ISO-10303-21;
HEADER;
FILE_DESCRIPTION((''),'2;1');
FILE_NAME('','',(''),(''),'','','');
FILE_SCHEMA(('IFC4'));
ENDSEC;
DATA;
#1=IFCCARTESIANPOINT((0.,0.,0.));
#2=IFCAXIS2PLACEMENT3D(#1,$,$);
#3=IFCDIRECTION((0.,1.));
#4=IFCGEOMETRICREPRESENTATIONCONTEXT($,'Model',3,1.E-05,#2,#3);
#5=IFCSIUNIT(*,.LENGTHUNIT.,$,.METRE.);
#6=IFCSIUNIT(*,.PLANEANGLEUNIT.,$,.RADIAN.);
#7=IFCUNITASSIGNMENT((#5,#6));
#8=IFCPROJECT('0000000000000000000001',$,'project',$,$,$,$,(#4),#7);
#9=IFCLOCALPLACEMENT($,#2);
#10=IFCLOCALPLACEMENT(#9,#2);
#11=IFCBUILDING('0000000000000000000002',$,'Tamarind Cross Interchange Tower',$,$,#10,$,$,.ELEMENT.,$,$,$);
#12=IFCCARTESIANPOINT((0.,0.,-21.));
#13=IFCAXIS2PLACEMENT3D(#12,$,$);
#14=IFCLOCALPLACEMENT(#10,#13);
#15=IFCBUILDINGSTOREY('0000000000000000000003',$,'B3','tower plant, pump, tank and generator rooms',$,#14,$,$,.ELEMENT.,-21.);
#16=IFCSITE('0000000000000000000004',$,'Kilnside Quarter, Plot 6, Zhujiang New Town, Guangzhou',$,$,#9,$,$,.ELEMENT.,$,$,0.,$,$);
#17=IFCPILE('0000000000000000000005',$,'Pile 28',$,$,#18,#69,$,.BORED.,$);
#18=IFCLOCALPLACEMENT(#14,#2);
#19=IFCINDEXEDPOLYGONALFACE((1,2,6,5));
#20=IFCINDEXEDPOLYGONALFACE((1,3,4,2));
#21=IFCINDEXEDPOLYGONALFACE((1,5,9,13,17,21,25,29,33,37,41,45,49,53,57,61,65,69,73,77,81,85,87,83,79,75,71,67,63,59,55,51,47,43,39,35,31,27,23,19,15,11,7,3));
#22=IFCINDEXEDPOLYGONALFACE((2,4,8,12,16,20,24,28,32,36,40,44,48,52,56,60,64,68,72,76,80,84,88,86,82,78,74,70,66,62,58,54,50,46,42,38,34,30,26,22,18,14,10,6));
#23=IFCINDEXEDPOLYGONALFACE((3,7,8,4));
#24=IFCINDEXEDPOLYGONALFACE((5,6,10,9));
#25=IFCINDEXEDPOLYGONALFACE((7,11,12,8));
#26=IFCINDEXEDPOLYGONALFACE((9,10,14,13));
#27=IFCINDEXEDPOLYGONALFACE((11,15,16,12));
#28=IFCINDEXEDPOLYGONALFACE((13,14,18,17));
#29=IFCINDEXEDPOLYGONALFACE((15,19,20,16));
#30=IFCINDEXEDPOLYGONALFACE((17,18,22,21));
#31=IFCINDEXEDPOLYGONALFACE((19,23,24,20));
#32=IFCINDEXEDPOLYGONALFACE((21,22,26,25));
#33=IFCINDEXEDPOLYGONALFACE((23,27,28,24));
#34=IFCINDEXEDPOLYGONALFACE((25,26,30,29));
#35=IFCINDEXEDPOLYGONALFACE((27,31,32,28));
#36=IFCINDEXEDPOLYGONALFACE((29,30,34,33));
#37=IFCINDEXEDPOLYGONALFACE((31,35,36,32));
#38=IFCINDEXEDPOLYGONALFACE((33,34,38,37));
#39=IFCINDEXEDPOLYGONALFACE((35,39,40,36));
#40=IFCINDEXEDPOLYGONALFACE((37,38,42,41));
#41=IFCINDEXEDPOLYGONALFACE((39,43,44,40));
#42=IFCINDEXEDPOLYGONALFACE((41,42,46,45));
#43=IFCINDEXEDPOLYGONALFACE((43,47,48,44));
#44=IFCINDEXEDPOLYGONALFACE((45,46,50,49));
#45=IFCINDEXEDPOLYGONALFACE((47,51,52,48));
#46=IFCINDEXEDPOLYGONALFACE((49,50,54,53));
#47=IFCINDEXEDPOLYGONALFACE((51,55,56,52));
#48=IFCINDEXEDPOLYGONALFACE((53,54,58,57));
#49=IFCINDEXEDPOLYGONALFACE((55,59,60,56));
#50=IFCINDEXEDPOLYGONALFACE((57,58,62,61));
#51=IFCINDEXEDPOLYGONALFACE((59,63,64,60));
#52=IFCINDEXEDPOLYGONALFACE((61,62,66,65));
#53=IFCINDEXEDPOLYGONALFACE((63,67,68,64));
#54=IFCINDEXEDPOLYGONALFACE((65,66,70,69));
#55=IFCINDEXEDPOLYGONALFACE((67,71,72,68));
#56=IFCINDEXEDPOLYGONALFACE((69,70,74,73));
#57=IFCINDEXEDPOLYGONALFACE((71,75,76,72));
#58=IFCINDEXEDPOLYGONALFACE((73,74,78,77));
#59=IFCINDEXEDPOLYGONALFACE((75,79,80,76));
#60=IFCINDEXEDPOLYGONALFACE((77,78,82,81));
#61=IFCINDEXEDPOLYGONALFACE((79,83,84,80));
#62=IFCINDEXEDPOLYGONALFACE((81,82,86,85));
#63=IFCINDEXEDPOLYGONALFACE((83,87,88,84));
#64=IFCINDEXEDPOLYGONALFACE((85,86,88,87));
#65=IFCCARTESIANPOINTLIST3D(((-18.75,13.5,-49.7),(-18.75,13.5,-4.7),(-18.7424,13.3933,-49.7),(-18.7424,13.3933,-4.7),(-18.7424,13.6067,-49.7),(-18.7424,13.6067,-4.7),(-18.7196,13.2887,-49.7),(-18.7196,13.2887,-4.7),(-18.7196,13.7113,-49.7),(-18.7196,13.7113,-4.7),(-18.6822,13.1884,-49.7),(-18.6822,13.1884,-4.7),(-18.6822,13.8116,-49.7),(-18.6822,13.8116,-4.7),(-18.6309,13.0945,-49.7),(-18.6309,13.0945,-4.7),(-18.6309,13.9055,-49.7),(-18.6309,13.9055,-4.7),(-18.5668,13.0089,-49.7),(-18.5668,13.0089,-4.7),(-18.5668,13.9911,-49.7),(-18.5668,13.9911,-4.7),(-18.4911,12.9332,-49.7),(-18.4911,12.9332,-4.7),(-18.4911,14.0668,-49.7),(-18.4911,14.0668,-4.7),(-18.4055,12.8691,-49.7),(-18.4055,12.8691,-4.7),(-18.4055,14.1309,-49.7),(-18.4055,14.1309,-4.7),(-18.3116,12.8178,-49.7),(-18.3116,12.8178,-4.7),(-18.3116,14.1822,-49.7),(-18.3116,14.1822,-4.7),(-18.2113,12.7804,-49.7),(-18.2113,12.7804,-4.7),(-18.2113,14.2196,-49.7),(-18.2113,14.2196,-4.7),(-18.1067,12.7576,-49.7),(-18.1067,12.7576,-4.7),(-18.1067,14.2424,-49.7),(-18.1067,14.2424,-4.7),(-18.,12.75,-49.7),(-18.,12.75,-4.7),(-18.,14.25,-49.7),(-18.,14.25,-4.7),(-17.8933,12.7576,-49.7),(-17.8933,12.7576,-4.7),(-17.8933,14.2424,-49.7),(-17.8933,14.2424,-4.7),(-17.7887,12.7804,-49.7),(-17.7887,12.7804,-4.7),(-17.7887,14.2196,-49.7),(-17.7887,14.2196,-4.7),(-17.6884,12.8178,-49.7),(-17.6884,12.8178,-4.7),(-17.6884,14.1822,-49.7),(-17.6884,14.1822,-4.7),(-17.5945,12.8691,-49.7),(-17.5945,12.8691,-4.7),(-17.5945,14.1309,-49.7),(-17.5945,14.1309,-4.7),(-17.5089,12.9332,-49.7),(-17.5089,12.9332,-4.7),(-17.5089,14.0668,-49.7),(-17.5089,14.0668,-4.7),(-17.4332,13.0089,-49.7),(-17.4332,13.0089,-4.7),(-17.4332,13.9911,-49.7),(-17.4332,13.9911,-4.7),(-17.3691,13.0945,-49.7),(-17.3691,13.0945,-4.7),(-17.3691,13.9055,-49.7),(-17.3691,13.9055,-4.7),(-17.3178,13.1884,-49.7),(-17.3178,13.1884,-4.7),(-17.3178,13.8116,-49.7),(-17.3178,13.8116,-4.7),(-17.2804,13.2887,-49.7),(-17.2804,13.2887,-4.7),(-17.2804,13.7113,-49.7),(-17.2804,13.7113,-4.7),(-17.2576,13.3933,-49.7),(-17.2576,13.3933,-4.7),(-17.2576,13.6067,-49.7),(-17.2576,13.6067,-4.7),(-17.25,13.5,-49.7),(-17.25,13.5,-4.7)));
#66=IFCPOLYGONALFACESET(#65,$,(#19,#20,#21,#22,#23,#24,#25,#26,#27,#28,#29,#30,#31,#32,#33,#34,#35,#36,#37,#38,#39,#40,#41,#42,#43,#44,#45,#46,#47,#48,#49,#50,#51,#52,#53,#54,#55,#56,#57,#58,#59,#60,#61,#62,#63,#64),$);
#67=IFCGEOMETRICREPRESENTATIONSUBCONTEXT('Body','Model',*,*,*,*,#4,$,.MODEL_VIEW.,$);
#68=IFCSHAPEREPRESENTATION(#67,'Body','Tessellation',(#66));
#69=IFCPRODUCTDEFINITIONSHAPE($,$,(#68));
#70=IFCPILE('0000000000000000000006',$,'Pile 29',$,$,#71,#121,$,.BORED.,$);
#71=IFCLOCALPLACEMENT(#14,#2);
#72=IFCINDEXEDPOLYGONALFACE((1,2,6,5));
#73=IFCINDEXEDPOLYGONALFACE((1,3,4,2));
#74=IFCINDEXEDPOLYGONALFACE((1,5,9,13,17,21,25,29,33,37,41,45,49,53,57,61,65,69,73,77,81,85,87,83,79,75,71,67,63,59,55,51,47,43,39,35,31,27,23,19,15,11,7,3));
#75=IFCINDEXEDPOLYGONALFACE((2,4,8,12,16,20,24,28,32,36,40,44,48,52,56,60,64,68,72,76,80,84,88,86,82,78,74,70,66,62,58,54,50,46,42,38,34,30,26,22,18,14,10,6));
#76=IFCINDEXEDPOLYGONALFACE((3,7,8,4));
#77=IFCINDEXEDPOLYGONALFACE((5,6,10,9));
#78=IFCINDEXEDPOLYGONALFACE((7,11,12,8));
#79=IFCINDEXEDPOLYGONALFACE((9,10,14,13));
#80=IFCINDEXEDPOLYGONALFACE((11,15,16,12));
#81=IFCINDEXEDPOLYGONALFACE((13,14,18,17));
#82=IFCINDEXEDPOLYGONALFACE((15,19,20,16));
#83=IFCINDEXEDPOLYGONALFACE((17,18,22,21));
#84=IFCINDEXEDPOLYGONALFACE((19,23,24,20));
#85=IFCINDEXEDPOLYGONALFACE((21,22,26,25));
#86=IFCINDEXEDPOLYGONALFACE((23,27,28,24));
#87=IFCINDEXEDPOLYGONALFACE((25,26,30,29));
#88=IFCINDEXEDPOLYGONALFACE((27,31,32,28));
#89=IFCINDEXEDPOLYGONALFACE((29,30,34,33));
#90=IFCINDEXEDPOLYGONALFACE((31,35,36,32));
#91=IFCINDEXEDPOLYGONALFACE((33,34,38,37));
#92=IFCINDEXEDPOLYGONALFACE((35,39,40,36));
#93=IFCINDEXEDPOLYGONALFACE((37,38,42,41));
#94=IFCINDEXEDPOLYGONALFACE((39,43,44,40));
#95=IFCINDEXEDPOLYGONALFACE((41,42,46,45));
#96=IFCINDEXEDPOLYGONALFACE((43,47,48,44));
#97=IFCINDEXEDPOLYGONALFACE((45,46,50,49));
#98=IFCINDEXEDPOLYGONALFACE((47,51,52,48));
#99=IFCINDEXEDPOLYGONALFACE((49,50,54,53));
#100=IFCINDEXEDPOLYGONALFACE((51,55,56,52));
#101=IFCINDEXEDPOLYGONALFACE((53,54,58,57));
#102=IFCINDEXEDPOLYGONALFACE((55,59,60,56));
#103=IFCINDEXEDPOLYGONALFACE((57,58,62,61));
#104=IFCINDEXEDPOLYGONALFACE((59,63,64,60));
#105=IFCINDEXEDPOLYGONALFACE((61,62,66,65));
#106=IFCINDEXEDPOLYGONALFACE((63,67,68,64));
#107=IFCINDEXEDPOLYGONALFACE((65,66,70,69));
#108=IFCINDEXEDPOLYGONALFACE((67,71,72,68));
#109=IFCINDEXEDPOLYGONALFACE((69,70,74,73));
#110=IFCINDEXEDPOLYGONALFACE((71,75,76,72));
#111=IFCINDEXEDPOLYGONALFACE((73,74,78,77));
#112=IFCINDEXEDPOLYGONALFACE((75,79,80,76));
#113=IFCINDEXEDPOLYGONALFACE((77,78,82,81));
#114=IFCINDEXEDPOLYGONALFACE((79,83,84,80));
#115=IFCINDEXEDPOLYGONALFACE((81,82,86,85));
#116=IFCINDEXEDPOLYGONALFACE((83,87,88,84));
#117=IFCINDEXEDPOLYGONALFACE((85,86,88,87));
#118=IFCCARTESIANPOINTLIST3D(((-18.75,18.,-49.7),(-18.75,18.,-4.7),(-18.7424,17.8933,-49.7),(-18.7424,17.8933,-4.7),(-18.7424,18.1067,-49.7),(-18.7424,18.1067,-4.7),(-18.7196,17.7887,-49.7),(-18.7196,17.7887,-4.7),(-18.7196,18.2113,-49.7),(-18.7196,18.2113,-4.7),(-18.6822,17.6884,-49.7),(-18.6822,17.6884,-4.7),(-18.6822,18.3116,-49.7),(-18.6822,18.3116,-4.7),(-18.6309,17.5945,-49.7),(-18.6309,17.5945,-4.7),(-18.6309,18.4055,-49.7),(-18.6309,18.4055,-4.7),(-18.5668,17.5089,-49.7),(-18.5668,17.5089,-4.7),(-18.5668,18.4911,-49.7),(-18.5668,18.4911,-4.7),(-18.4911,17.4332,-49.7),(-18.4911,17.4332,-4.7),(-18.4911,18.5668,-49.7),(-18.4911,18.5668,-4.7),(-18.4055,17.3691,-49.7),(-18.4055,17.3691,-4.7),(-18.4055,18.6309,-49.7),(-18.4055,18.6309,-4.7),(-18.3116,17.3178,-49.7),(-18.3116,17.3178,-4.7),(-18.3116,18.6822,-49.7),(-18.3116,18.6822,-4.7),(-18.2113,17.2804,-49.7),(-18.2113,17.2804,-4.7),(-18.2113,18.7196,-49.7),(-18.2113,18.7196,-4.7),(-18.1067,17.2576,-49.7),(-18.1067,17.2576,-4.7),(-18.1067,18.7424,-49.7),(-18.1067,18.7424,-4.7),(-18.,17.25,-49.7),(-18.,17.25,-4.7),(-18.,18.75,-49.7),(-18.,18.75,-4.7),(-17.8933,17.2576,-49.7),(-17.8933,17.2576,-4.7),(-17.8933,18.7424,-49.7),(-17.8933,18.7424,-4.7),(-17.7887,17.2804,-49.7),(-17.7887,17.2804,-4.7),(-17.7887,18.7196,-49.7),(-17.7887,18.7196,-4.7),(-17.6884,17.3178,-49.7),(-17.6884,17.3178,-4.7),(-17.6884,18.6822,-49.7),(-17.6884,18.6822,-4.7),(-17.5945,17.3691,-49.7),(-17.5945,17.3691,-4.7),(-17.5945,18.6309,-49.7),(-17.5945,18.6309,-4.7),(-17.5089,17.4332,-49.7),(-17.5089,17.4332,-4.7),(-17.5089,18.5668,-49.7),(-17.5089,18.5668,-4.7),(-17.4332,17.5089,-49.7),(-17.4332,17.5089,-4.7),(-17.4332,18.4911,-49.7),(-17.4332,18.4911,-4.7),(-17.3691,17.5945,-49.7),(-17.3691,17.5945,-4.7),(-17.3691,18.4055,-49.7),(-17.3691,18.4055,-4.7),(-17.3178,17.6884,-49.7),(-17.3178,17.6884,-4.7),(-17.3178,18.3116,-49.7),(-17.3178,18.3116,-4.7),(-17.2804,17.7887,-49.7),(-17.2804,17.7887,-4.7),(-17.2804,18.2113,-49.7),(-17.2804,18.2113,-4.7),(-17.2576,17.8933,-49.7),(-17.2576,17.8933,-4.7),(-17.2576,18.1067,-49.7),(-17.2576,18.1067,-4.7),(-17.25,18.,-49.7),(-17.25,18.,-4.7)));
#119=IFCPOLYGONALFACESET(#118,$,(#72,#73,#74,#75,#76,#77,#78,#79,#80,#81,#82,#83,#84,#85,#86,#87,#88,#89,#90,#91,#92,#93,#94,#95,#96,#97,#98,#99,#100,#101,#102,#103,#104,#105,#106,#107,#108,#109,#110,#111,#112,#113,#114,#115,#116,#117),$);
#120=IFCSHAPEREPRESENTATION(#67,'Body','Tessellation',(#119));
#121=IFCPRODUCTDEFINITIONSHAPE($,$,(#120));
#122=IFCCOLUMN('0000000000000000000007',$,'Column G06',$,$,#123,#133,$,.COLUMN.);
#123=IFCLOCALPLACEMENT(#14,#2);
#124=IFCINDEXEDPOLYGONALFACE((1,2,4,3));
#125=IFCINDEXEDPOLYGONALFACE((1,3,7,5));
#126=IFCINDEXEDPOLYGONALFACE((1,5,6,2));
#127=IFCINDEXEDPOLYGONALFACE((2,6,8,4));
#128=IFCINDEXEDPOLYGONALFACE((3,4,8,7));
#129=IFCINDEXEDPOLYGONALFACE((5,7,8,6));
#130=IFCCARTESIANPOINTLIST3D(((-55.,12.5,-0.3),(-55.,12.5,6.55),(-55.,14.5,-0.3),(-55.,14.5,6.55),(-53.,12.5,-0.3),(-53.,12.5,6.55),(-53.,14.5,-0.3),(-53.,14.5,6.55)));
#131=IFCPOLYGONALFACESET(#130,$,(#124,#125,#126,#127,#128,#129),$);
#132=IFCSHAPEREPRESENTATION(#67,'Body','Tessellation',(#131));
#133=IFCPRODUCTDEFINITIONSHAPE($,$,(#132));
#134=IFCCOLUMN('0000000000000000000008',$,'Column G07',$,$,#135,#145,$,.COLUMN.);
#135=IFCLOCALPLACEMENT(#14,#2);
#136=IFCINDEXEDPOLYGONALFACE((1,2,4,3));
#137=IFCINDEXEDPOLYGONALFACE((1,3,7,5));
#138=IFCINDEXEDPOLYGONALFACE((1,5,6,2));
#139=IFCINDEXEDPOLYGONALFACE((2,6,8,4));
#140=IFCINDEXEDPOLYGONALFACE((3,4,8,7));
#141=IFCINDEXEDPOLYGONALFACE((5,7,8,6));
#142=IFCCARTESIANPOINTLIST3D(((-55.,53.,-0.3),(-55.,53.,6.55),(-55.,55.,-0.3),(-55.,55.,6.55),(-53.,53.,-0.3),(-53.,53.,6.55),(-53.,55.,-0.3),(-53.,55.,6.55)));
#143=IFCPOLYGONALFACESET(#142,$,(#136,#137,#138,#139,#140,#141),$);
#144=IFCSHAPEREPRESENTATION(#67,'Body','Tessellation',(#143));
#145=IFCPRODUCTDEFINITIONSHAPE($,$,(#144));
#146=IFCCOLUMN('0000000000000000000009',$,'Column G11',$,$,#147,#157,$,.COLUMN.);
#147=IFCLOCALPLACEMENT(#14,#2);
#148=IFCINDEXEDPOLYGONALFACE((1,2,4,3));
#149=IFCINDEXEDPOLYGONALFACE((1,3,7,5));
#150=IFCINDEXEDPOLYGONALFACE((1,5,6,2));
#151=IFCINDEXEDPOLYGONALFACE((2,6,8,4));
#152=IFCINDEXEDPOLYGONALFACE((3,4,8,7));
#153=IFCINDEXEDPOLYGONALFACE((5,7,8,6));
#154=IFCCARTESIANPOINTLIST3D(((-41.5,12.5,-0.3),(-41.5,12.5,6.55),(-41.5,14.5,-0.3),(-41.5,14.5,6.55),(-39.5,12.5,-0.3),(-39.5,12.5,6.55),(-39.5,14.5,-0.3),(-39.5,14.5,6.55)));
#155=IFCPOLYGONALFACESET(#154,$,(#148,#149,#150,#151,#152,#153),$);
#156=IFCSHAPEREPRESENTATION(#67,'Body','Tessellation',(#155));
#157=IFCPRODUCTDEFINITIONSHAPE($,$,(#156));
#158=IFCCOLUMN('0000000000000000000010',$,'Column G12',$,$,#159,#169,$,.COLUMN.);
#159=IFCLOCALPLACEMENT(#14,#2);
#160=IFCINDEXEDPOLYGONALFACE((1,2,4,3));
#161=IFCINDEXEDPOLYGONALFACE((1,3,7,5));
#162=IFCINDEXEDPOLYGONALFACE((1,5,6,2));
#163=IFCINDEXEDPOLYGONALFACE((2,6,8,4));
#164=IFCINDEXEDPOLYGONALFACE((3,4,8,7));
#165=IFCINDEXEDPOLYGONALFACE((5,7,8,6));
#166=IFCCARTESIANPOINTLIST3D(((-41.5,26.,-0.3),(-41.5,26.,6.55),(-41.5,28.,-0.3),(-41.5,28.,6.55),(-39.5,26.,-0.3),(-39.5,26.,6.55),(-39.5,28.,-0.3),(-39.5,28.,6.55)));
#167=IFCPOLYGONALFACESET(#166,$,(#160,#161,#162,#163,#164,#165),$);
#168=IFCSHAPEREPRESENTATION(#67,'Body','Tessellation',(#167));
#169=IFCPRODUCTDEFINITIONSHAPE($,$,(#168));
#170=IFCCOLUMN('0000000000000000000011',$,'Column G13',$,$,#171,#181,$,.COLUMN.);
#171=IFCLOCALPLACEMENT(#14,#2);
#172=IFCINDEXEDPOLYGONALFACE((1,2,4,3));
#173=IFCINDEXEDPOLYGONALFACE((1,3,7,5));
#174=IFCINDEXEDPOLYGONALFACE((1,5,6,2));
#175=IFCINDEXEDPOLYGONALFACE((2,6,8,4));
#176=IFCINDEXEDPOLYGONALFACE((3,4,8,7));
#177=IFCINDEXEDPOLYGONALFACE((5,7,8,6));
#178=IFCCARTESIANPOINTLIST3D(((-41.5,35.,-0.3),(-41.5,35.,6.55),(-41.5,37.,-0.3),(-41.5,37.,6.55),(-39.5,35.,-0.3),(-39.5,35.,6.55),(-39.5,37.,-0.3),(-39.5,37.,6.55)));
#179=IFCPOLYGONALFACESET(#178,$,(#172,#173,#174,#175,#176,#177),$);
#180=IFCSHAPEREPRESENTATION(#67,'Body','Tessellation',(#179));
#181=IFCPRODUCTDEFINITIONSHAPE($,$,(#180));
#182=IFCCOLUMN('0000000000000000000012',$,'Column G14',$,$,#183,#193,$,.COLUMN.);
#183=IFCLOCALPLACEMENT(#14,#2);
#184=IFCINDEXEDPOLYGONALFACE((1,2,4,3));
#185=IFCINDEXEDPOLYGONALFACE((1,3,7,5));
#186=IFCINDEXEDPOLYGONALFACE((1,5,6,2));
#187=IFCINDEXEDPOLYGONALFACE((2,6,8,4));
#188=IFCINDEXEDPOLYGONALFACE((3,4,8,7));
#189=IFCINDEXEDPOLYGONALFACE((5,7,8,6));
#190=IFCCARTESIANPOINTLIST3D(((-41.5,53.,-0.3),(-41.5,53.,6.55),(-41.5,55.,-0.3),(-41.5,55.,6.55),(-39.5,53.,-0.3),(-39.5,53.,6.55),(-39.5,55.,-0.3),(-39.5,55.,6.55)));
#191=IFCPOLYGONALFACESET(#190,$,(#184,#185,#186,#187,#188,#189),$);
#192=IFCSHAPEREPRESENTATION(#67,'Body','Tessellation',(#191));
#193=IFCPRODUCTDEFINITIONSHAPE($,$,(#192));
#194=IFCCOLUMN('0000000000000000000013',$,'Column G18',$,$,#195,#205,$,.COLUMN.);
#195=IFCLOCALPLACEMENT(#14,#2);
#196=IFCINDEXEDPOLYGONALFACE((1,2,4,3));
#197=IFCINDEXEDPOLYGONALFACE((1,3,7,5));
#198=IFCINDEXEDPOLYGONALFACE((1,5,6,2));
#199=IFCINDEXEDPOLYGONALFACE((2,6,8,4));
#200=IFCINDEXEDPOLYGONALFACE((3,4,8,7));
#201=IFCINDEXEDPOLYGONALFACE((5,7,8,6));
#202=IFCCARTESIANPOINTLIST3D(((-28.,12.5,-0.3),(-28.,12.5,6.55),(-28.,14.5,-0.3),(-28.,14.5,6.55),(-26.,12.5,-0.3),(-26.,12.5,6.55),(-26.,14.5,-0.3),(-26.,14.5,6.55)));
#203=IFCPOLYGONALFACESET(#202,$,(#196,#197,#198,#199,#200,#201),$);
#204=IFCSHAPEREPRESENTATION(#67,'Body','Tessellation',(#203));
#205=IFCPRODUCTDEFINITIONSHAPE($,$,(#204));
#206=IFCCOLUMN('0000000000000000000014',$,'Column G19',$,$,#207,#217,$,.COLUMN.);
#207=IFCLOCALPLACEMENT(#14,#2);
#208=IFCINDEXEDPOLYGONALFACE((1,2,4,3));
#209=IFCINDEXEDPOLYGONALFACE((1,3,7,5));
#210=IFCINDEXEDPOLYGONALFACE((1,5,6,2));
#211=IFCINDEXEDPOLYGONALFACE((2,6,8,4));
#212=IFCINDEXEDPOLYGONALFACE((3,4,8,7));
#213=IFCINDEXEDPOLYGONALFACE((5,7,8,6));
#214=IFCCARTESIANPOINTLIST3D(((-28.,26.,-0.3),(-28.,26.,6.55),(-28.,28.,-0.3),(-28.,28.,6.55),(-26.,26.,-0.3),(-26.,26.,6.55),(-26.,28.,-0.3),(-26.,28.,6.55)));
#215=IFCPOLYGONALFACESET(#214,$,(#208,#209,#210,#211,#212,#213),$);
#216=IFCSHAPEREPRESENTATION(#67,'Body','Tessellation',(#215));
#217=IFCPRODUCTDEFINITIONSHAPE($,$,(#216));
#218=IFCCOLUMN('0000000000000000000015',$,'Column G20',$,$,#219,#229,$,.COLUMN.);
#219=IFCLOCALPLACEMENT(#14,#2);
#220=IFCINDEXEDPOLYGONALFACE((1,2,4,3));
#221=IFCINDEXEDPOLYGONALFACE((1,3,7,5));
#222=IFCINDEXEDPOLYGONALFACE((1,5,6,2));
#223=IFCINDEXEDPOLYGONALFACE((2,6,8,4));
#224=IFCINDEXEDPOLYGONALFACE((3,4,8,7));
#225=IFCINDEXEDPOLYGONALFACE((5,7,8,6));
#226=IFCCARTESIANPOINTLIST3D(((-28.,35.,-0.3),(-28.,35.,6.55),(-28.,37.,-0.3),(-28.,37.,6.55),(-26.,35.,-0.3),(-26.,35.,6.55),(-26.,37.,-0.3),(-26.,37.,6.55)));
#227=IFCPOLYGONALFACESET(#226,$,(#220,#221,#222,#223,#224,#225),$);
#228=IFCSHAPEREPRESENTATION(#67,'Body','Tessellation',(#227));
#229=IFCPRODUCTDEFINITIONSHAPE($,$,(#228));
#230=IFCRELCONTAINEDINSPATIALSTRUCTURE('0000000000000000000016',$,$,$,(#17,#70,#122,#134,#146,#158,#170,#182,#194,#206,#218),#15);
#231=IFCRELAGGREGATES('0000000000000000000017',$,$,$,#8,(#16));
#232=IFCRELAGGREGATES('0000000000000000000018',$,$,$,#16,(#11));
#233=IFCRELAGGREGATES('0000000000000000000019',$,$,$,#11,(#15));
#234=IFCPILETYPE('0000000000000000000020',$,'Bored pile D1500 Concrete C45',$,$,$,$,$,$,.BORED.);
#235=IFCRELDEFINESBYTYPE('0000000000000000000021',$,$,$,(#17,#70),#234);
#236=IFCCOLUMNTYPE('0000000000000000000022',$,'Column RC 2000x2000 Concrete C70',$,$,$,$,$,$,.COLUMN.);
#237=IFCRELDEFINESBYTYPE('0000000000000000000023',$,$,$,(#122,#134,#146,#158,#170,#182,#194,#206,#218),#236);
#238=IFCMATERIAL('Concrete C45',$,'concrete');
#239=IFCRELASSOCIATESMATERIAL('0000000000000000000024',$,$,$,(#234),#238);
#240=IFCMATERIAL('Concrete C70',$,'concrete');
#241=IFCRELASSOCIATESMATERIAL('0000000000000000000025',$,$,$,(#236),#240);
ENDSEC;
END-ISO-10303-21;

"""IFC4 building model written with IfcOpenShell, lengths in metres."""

from ifc_helpers import new_model, si_unit, direction, frame, origin, origin_2d, place, context, subcontext, project, spatial, rectangle, circle, extrude, material, material_profile, profile_set, type_object, element, save


model = new_model("IFC4")

# Units and contexts
model_context = context("Model", 3, precision=1e-05, world=origin(), true_north=direction((0.0, 1.0)))
body_context = subcontext(model_context, "Body", "Model", "MODEL_VIEW")
ifc_project = project(units=[si_unit("LENGTHUNIT", "METRE"), si_unit("PLANEANGLEUNIT", "RADIAN")], contexts=[model_context])

# Site, building, storey
site_placement = place(None, origin())
site = spatial("IfcSite", under=ifc_project, at=site_placement, Name="Kilnside Quarter, Plot 6, Zhujiang New Town, Guangzhou", CompositionType="ELEMENT", RefElevation=0.0)
building_placement = place(site_placement, origin())
building = spatial("IfcBuilding", under=site, at=building_placement, Name="Tamarind Cross Interchange Tower", CompositionType="ELEMENT")
storey_placement = place(building_placement, frame((0.0, 0.0, -21.0)))
storey = spatial("IfcBuildingStorey", under=building, at=storey_placement, Name="B3", Description="tower plant, pump, tank and generator rooms", CompositionType="ELEMENT", Elevation=-21.0)

# Piles
ifc_material_1 = material(Name="Concrete C45", Category="concrete")
ifc_material_profile_1 = material_profile(ifc_material_1, circle(Radius=0.75, at=origin_2d()), Name="RC D1500")
ifc_profile_set_1 = profile_set([ifc_material_profile_1], Name="Concrete C45")
pile_type = type_object("IfcPileType", Name="Bored pile D1500 Concrete C45", PredefinedType="BORED", material=ifc_profile_set_1)
for number, where, z_axis, x_axis, name in (
    (1, (-18.0, 13.5, -4.7), (0.0, 0.0, -1.0), (1.0, 0.0, 0.0), "Pile 28"),
    (2, (-18.0, 18.0, -4.7), (0.0, 0.0, -1.0), (1.0, 0.0, 0.0), "Pile 29"),
):
    element("IfcPile", number, at=place(storey_placement, frame(where, z_axis=z_axis, x_axis=x_axis)), inside=storey, type_object=pile_type, Name=name, PredefinedType="BORED", context=body_context, shape_type="SweptSolid", body=[
        extrude(circle(Radius=0.75, at=origin_2d()), origin(), (0.0, 0.0, 1.0), 45.0),
    ])

# Columns
ifc_material_2 = material(Name="Concrete C70", Category="concrete")
ifc_material_profile_2 = material_profile(ifc_material_2, rectangle(XDim=2.0, YDim=2.0, at=origin_2d()), Name="RC 2000x2000")
ifc_profile_set_2 = profile_set([ifc_material_profile_2], Name="Concrete C70")
column_type = type_object("IfcColumnType", Name="Column RC 2000x2000 Concrete C70", PredefinedType="COLUMN", material=ifc_profile_set_2)
for number, where, z_axis, x_axis, name in (
    (3, (-54.0, 13.5, -0.3), (0.0, 0.0, 1.0), (1.0, 0.0, 0.0), "Column G06"),
    (4, (-54.0, 54.0, -0.3), (0.0, 0.0, 1.0), (1.0, 0.0, 0.0), "Column G07"),
    (5, (-40.5, 13.5, -0.3), (0.0, 0.0, 1.0), (1.0, 0.0, 0.0), "Column G11"),
    (6, (-40.5, 27.0, -0.3), (0.0, 0.0, 1.0), (1.0, 0.0, 0.0), "Column G12"),
    (7, (-40.5, 36.0, -0.3), (0.0, 0.0, 1.0), (1.0, 0.0, 0.0), "Column G13"),
    (8, (-40.5, 54.0, -0.3), (0.0, 0.0, 1.0), (1.0, 0.0, 0.0), "Column G14"),
    (9, (-27.0, 13.5, -0.3), (0.0, 0.0, 1.0), (1.0, 0.0, 0.0), "Column G18"),
    (10, (-27.0, 27.0, -0.3), (0.0, 0.0, 1.0), (1.0, 0.0, 0.0), "Column G19"),
    (11, (-27.0, 36.0, -0.3), (0.0, 0.0, 1.0), (1.0, 0.0, 0.0), "Column G20"),
):
    element("IfcColumn", number, at=place(storey_placement, frame(where, z_axis=z_axis, x_axis=x_axis)), inside=storey, type_object=column_type, Name=name, PredefinedType="COLUMN", context=body_context, shape_type="SweptSolid", body=[
        extrude(rectangle(XDim=2.0, YDim=2.0, at=origin_2d()), origin(), (0.0, 0.0, 1.0), 6.8501),
    ])

save(model, "model.ifc")
